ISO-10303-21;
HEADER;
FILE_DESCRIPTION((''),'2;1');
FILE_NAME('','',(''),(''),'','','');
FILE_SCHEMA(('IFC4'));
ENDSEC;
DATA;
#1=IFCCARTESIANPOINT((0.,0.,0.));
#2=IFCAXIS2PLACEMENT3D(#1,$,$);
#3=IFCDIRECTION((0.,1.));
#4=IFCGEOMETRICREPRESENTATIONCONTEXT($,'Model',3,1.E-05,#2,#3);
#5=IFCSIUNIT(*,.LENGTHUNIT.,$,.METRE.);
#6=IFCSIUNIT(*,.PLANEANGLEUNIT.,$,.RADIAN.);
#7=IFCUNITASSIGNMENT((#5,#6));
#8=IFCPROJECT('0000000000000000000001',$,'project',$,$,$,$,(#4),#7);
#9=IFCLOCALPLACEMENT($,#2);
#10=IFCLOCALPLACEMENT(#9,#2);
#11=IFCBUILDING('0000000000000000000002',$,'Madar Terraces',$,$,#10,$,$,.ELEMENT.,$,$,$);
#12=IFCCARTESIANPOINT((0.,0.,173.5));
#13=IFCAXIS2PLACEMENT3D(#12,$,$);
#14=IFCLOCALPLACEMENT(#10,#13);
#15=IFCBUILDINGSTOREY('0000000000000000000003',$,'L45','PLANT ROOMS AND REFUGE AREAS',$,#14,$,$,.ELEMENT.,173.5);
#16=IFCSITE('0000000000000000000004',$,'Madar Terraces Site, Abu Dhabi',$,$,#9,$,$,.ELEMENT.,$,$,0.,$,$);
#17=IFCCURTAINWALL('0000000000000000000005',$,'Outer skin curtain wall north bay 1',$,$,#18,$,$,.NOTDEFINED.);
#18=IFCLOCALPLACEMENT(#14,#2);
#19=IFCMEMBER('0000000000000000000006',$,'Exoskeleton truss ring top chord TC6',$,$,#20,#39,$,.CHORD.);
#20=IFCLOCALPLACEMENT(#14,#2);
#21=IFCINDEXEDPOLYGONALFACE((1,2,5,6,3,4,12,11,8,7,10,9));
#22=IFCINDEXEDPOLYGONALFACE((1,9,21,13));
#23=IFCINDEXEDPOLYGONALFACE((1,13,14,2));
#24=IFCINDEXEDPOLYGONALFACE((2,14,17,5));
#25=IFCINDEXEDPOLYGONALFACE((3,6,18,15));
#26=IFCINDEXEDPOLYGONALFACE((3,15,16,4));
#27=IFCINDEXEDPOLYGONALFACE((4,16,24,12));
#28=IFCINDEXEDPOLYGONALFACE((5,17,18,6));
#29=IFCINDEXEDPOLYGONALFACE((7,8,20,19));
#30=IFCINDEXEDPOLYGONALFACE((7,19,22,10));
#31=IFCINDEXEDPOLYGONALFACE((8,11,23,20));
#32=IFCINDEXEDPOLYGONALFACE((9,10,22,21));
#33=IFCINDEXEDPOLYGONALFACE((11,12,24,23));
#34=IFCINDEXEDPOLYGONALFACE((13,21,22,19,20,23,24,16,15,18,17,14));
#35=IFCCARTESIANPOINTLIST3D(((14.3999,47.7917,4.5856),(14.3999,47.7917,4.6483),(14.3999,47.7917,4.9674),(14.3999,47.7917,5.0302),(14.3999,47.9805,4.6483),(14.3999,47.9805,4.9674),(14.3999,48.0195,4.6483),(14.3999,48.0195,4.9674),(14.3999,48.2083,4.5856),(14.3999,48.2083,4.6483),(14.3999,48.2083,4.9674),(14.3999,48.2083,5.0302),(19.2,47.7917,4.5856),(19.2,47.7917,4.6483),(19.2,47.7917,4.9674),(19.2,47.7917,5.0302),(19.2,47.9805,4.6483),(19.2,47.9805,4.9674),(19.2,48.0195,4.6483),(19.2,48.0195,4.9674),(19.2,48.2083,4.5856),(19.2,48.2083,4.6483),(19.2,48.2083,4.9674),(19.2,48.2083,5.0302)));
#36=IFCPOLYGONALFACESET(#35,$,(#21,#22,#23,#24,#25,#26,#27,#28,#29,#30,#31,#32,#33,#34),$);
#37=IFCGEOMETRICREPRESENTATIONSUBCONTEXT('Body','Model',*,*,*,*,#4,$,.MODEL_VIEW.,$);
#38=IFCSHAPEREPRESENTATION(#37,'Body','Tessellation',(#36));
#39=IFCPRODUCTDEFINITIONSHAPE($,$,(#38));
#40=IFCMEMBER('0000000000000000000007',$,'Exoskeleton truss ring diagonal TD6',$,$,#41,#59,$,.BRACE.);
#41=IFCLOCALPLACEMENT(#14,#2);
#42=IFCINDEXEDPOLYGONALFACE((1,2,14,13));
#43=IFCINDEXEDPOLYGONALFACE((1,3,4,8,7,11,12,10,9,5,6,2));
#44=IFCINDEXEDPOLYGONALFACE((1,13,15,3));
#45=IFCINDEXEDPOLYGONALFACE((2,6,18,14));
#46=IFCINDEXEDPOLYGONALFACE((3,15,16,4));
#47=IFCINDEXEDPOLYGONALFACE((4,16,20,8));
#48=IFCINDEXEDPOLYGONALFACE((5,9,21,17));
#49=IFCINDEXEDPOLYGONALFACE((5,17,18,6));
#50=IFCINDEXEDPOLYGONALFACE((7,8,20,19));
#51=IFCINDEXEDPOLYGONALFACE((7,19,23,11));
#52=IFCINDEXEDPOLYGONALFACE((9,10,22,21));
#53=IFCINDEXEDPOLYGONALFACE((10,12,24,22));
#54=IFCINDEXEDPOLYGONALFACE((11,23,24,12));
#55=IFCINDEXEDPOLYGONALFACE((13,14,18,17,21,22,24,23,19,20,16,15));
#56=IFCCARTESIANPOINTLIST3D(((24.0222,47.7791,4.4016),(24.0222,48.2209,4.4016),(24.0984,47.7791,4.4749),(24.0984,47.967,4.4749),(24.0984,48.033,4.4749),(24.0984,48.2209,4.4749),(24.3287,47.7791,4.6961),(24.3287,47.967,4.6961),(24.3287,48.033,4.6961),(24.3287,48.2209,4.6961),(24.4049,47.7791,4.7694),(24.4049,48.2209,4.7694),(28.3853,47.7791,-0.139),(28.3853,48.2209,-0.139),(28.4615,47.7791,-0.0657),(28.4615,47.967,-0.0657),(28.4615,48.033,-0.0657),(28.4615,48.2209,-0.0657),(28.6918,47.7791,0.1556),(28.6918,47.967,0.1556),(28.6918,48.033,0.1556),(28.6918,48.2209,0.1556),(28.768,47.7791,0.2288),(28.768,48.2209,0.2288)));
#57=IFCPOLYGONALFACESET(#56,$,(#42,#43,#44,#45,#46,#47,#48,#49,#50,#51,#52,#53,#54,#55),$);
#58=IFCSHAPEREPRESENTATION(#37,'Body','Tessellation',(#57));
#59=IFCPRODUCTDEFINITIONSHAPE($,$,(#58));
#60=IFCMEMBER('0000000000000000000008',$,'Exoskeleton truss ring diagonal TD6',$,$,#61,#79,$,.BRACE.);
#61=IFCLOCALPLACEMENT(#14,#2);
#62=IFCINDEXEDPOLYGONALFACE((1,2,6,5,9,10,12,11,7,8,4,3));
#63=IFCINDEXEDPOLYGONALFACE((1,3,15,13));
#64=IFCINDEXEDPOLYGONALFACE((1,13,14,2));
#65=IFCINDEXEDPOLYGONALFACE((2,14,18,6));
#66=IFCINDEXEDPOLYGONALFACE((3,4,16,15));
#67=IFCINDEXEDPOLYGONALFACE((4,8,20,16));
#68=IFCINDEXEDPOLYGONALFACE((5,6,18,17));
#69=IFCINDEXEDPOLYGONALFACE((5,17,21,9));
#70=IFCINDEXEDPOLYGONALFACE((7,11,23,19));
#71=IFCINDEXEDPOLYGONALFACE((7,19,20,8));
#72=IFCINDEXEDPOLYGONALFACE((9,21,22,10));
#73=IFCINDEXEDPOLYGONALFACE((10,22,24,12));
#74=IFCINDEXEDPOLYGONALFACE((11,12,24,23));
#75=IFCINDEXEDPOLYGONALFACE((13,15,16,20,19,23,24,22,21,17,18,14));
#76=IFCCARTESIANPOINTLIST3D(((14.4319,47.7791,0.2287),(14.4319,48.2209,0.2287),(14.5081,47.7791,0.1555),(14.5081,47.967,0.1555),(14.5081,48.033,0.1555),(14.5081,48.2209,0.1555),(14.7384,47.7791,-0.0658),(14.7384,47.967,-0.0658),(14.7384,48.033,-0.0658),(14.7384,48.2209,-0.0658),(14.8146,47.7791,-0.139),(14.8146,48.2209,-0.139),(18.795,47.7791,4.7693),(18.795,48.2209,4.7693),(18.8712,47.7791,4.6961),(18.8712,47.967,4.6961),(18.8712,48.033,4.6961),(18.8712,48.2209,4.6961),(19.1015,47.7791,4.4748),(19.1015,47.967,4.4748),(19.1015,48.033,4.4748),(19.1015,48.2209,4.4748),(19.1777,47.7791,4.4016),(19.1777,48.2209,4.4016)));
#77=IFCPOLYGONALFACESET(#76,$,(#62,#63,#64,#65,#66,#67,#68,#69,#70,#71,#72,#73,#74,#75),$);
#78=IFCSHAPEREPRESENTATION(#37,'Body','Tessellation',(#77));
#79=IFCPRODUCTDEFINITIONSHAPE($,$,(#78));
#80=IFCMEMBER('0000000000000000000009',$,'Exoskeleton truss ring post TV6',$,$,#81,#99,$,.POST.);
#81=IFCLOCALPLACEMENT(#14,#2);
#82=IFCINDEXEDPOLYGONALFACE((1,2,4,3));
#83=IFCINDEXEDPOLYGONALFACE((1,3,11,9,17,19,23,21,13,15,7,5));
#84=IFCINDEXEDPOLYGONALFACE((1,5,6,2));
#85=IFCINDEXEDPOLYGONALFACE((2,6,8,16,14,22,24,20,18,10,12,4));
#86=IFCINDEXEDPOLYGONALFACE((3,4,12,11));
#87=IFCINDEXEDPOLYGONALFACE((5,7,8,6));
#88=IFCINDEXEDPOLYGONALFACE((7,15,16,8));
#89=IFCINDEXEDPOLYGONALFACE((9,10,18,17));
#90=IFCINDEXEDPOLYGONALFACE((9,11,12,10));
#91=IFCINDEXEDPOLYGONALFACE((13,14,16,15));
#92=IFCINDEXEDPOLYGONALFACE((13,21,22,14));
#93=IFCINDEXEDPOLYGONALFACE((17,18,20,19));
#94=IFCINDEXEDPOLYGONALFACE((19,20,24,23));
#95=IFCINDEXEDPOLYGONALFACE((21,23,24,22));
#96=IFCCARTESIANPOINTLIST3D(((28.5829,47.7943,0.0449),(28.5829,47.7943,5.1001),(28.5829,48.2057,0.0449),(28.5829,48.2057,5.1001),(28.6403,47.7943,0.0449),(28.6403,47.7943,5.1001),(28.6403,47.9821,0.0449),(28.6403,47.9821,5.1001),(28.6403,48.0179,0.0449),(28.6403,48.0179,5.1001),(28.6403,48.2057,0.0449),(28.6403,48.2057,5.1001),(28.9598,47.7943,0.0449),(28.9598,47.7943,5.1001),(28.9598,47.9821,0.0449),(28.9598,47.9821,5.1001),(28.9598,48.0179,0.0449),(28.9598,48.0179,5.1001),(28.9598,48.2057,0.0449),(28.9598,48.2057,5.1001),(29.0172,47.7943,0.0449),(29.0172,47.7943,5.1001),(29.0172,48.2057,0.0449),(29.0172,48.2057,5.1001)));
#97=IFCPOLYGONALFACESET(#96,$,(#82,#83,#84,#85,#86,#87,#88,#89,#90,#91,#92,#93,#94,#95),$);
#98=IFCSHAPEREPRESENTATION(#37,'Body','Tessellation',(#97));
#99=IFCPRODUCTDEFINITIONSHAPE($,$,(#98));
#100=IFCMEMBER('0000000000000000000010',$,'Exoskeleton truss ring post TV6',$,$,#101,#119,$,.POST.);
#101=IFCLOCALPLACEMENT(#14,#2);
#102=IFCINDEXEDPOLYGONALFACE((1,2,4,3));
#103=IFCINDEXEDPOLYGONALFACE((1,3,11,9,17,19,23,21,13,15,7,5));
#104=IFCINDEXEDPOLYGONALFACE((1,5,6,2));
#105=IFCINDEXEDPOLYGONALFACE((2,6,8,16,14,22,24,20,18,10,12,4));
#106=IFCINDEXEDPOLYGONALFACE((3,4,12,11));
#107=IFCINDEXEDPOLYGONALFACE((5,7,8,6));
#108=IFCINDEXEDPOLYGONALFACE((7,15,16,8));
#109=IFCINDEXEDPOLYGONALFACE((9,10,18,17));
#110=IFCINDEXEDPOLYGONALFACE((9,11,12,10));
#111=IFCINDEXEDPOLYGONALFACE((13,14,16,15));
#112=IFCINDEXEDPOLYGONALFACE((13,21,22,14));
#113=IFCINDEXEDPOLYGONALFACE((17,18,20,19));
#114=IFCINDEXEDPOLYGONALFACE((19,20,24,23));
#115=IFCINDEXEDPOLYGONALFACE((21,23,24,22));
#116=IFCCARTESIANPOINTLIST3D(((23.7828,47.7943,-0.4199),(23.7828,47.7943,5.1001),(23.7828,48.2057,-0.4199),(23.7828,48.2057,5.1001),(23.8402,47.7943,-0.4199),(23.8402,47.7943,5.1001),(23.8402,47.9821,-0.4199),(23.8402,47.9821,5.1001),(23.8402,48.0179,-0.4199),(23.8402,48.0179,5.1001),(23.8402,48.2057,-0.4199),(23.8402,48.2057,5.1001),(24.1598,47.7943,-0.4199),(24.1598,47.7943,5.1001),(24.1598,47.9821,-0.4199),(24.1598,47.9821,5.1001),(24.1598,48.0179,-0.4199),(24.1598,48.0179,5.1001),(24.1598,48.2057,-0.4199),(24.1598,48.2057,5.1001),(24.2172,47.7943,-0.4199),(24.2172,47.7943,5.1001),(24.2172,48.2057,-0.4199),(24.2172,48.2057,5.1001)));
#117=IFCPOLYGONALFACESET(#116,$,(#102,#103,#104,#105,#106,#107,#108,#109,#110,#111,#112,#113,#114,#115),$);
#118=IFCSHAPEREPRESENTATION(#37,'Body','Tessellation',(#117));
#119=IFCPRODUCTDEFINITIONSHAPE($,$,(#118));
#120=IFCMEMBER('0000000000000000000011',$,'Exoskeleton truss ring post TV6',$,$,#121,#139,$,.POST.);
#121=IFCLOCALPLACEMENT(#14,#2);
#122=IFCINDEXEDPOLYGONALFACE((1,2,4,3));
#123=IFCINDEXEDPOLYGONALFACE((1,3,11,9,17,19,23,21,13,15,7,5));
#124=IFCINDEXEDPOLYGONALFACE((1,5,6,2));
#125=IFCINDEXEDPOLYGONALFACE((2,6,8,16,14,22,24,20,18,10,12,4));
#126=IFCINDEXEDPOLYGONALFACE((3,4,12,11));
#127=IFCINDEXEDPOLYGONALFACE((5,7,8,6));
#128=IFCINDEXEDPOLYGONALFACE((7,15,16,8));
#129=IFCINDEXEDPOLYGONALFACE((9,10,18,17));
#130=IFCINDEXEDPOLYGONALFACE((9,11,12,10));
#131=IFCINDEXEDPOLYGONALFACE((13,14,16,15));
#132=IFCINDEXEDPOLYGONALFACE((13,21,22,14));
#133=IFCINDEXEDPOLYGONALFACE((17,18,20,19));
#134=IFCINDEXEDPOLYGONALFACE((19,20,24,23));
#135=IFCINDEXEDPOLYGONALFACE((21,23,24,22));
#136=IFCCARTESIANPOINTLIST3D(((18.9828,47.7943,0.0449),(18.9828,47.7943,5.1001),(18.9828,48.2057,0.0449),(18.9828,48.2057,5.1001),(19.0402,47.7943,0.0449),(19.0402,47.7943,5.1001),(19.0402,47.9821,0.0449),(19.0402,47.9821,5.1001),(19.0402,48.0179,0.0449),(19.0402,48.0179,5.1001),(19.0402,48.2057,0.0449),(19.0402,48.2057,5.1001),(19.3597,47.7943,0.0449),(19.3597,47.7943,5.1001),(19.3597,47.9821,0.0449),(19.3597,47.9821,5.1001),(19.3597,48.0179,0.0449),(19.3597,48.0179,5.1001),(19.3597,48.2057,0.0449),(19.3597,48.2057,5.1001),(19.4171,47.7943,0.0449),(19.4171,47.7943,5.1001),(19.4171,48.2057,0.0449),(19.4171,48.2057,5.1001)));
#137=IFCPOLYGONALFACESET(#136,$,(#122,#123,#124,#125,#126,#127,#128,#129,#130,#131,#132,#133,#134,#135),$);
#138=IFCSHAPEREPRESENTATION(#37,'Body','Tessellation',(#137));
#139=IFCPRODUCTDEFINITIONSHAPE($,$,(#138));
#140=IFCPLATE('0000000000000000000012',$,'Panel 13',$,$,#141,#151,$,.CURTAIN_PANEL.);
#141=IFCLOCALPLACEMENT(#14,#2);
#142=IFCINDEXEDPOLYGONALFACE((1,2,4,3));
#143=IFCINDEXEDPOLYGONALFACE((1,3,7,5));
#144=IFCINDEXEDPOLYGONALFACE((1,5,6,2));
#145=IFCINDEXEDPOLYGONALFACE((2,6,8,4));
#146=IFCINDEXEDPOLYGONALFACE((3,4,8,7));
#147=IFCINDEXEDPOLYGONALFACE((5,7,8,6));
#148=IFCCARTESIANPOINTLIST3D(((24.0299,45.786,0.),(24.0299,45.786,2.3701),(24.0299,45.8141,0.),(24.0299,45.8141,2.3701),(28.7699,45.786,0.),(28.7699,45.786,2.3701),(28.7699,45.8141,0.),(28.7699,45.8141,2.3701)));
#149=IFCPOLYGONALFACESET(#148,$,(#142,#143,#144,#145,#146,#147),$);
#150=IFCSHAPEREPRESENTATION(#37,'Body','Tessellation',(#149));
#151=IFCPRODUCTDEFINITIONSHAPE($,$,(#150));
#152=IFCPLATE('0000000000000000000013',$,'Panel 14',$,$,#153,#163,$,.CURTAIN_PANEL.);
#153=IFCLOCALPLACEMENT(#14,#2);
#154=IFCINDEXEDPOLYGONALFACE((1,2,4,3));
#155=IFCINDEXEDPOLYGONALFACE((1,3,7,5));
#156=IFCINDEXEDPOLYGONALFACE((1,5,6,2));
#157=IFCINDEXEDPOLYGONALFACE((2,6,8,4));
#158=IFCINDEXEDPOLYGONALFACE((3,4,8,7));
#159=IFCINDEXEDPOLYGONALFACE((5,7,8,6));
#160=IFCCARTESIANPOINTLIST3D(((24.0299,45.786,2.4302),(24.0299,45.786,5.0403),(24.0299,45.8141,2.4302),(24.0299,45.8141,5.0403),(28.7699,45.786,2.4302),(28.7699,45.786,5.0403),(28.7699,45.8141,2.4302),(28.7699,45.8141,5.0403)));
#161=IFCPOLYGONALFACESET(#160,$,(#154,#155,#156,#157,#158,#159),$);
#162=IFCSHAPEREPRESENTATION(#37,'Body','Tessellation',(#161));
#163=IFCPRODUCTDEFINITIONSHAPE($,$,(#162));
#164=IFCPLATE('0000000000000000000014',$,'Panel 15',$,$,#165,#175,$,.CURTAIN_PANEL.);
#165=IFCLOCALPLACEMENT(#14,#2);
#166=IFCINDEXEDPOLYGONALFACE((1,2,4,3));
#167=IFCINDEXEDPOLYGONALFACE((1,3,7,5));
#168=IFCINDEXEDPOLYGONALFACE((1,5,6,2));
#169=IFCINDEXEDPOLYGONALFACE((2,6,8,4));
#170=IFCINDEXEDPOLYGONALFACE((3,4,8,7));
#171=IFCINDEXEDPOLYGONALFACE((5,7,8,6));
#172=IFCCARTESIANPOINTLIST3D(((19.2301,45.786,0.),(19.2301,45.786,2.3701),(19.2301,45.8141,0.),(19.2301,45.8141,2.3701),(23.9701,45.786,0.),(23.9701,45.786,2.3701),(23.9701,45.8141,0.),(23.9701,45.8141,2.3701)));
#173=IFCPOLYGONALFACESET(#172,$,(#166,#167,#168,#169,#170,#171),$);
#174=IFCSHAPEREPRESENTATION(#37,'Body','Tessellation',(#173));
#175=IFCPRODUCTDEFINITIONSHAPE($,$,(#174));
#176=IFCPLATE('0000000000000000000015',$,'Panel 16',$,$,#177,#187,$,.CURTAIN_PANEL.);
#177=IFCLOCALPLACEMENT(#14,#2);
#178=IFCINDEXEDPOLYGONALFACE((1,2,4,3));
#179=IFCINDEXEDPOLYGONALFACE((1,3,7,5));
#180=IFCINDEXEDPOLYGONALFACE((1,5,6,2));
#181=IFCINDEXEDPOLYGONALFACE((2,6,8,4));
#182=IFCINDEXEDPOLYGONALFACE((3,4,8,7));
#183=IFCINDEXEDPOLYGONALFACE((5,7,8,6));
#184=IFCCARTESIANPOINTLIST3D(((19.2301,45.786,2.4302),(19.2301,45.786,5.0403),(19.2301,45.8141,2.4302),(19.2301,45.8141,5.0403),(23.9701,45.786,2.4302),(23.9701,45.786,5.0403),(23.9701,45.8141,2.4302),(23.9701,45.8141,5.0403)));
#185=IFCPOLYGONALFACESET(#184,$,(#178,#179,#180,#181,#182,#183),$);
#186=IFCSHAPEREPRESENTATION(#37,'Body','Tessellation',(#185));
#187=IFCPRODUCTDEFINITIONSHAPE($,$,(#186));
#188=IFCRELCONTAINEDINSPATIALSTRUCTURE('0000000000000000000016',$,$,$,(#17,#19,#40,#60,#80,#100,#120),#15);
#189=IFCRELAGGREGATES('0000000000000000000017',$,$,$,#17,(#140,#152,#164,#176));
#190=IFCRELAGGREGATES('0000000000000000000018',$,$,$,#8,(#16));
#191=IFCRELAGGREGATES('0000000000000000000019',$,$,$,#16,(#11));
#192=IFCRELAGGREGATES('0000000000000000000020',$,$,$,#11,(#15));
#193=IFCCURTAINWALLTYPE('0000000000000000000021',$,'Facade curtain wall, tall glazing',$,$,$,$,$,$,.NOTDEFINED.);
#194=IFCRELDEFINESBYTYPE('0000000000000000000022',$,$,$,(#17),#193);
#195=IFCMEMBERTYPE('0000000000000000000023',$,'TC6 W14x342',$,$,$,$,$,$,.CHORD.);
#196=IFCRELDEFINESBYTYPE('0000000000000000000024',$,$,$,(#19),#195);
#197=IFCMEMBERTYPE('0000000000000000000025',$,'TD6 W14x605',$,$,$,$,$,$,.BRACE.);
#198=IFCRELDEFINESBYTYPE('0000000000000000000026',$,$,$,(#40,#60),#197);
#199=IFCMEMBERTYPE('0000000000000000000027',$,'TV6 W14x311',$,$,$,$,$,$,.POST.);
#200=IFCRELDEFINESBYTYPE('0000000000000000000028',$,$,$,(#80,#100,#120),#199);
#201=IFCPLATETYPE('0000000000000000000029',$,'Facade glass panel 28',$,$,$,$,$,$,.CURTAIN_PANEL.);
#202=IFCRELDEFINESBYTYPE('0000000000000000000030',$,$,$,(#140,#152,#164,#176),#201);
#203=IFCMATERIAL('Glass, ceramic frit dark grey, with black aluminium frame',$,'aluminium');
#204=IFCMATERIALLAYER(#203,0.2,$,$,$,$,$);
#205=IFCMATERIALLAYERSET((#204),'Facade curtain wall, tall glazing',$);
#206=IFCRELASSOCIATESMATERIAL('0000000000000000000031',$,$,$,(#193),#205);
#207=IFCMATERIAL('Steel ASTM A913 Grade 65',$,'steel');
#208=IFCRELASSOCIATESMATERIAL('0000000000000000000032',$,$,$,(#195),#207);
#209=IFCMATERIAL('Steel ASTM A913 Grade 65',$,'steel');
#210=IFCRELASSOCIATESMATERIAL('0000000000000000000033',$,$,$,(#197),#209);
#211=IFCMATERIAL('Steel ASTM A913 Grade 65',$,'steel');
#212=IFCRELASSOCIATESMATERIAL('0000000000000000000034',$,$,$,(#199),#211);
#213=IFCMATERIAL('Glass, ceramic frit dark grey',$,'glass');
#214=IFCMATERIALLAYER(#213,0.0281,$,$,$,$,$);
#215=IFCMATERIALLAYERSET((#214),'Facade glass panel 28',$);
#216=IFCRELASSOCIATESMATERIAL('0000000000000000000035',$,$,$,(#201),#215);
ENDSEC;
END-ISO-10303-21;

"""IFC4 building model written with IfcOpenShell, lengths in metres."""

from ifc_helpers import new_model, si_unit, direction, frame, origin, origin_2d, place, context, subcontext, project, spatial, rectangle, i_section, extrude, material, layer, layer_set, material_profile, profile_set, type_object, element, aggregate, save


model = new_model("IFC4")

# Units and contexts
model_context = context("Model", 3, precision=1e-05, world=origin(), true_north=direction((0.0, 1.0)))
body_context = subcontext(model_context, "Body", "Model", "MODEL_VIEW")
ifc_project = project(units=[si_unit("LENGTHUNIT", "METRE"), si_unit("PLANEANGLEUNIT", "RADIAN")], contexts=[model_context])

# Site, building, storey
site_placement = place(None, origin())
site = spatial("IfcSite", under=ifc_project, at=site_placement, Name="Madar Terraces Site, Abu Dhabi", CompositionType="ELEMENT", RefElevation=0.0)
building_placement = place(site_placement, origin())
building = spatial("IfcBuilding", under=site, at=building_placement, Name="Madar Terraces", CompositionType="ELEMENT")
storey_placement = place(building_placement, frame((0.0, 0.0, 173.5)))
storey = spatial("IfcBuildingStorey", under=building, at=storey_placement, Name="L45", Description="PLANT ROOMS AND REFUGE AREAS", CompositionType="ELEMENT", Elevation=173.5)

# Curtain wall
ifc_material_1 = material(Name="Glass, ceramic frit dark grey, with black aluminium frame", Category="aluminium")
ifc_layer_1 = layer(ifc_material_1, 0.2)
ifc_layer_set_1 = layer_set([ifc_layer_1], Name="Facade curtain wall, tall glazing")
curtain_wall_type = type_object("IfcCurtainWallType", Name="Facade curtain wall, tall glazing", PredefinedType="NOTDEFINED", material=ifc_layer_set_1)
curtain_wall_placement = place(storey_placement, origin())
curtain_wall = element("IfcCurtainWall", 1, at=curtain_wall_placement, inside=storey, type_object=curtain_wall_type, Name="Outer skin curtain wall north bay 1", PredefinedType="NOTDEFINED")

# Members
ifc_material_2 = material(Name="Steel ASTM A913 Grade 65", Category="steel")
ifc_material_profile_1 = material_profile(ifc_material_2, i_section(OverallWidth=0.4165, OverallDepth=0.4446, WebThickness=0.0391, FlangeThickness=0.0627, at=origin_2d()), Name="W14x342")
ifc_profile_set_1 = profile_set([ifc_material_profile_1], Name="Steel ASTM A913 Grade 65")
member_type_1 = type_object("IfcMemberType", Name="TC6 W14x342", PredefinedType="CHORD", material=ifc_profile_set_1)
for number, where, z_axis, x_axis, name in (
    (2, (19.2, 48.0, 4.8079), (-1.0, 0.0, 0.0), (0.0, -1.0, 0.0), "Exoskeleton truss ring top chord TC6"),
):
    element("IfcMember", number, at=place(storey_placement, frame(where, z_axis=z_axis, x_axis=x_axis)), inside=storey, type_object=member_type_1, Name=name, PredefinedType="CHORD", context=body_context, shape_type="SweptSolid", body=[
        extrude(i_section(OverallWidth=0.4165, OverallDepth=0.4446, WebThickness=0.0391, FlangeThickness=0.0627, at=origin_2d()), origin(), (0.0, 0.0, 1.0), 4.8),
    ])
ifc_material_3 = material(Name="Steel ASTM A913 Grade 65", Category="steel")
ifc_material_profile_2 = material_profile(ifc_material_3, i_section(OverallWidth=0.4419, OverallDepth=0.5308, WebThickness=0.0659, FlangeThickness=0.1057, at=origin_2d()), Name="W14x605")
ifc_profile_set_2 = profile_set([ifc_material_profile_2], Name="Steel ASTM A913 Grade 65")
member_type_2 = type_object("IfcMemberType", Name="TD6 W14x605", PredefinedType="BRACE", material=ifc_profile_set_2)
for number, where, z_axis, x_axis, name in (
    (3, (28.5767, 48.0, 0.0449), (-0.692873, 0.0, 0.72106), (0.0, -1.0, 0.0), "Exoskeleton truss ring diagonal TD6"),
    (4, (18.9863, 48.0, 4.5854), (-0.692873, 0.0, -0.72106), (0.0, -1.0, 0.0), "Exoskeleton truss ring diagonal TD6"),
):
    element("IfcMember", number, at=place(storey_placement, frame(where, z_axis=z_axis, x_axis=x_axis)), inside=storey, type_object=member_type_2, Name=name, PredefinedType="BRACE", context=body_context, shape_type="SweptSolid", body=[
        extrude(i_section(OverallWidth=0.4419, OverallDepth=0.5308, WebThickness=0.0659, FlangeThickness=0.1057, at=origin_2d()), origin(), (0.0, 0.0, 1.0), 6.2971),
    ])
ifc_material_4 = material(Name="Steel ASTM A913 Grade 65", Category="steel")
ifc_material_profile_3 = material_profile(ifc_material_4, i_section(OverallWidth=0.4114, OverallDepth=0.4343, WebThickness=0.0359, FlangeThickness=0.0574, at=origin_2d()), Name="W14x311")
ifc_profile_set_3 = profile_set([ifc_material_profile_3], Name="Steel ASTM A913 Grade 65")
member_type_3 = type_object("IfcMemberType", Name="TV6 W14x311", PredefinedType="POST", material=ifc_profile_set_3)
member_1_placement = place(storey_placement, frame((28.8, 48.0, 0.0449), z_axis=(0.0, 0.0, 1.0), x_axis=(0.0, -1.0, 0.0)))
element("IfcMember", 5, at=member_1_placement, inside=storey, type_object=member_type_3, Name="Exoskeleton truss ring post TV6", PredefinedType="POST", context=body_context, shape_type="SweptSolid", body=[
    extrude(i_section(OverallWidth=0.4114, OverallDepth=0.4343, WebThickness=0.0359, FlangeThickness=0.0574, at=origin_2d()), origin(), (0.0, 0.0, 1.0), 5.0552),
])
member_2_placement = place(storey_placement, frame((24.0, 48.0, -0.4199), z_axis=(0.0, 0.0, 1.0), x_axis=(0.0, -1.0, 0.0)))
element("IfcMember", 6, at=member_2_placement, inside=storey, type_object=member_type_3, Name="Exoskeleton truss ring post TV6", PredefinedType="POST", context=body_context, shape_type="SweptSolid", body=[
    extrude(i_section(OverallWidth=0.4114, OverallDepth=0.4343, WebThickness=0.0359, FlangeThickness=0.0574, at=origin_2d()), origin(), (0.0, 0.0, 1.0), 5.52),
])
member_3_placement = place(storey_placement, frame((19.2, 48.0, 0.0449), z_axis=(0.0, 0.0, 1.0), x_axis=(0.0, -1.0, 0.0)))
element("IfcMember", 7, at=member_3_placement, inside=storey, type_object=member_type_3, Name="Exoskeleton truss ring post TV6", PredefinedType="POST", context=body_context, shape_type="SweptSolid", body=[
    extrude(i_section(OverallWidth=0.4114, OverallDepth=0.4343, WebThickness=0.0359, FlangeThickness=0.0574, at=origin_2d()), origin(), (0.0, 0.0, 1.0), 5.0552),
])

# Plates
ifc_material_5 = material(Name="Glass, ceramic frit dark grey", Category="glass")
ifc_layer_2 = layer(ifc_material_5, 0.0281)
ifc_layer_set_2 = layer_set([ifc_layer_2], Name="Facade glass panel 28")
plate_type = type_object("IfcPlateType", Name="Facade glass panel 28", PredefinedType="CURTAIN_PANEL", material=ifc_layer_set_2)
plate_1_placement = place(storey_placement, frame((26.3999, 45.8, 0.0), z_axis=(0.0, 0.0, 1.0), x_axis=(-1.0, 0.0, 0.0)))
plate_1 = element("IfcPlate", 8, at=plate_1_placement, type_object=plate_type, Name="Panel 13", PredefinedType="CURTAIN_PANEL", context=body_context, shape_type="SweptSolid", body=[
    extrude(rectangle(XDim=4.74, YDim=0.0281, at=origin_2d()), origin(), (0.0, 0.0, 1.0), 2.3701),
])
plate_2_placement = place(storey_placement, frame((26.3999, 45.8, 2.4302), z_axis=(0.0, 0.0, 1.0), x_axis=(-1.0, 0.0, 0.0)))
plate_2 = element("IfcPlate", 9, at=plate_2_placement, type_object=plate_type, Name="Panel 14", PredefinedType="CURTAIN_PANEL", context=body_context, shape_type="SweptSolid", body=[
    extrude(rectangle(XDim=4.74, YDim=0.0281, at=origin_2d()), origin(), (0.0, 0.0, 1.0), 2.6101),
])
plate_3_placement = place(storey_placement, frame((21.6001, 45.8, 0.0), z_axis=(0.0, 0.0, 1.0), x_axis=(-1.0, 0.0, 0.0)))
plate_3 = element("IfcPlate", 10, at=plate_3_placement, type_object=plate_type, Name="Panel 15", PredefinedType="CURTAIN_PANEL", context=body_context, shape_type="SweptSolid", body=[
    extrude(rectangle(XDim=4.74, YDim=0.0281, at=origin_2d()), origin(), (0.0, 0.0, 1.0), 2.3701),
])
plate_4_placement = place(storey_placement, frame((21.6001, 45.8, 2.4302), z_axis=(0.0, 0.0, 1.0), x_axis=(-1.0, 0.0, 0.0)))
plate_4 = element("IfcPlate", 11, at=plate_4_placement, type_object=plate_type, Name="Panel 16", PredefinedType="CURTAIN_PANEL", context=body_context, shape_type="SweptSolid", body=[
    extrude(rectangle(XDim=4.74, YDim=0.0281, at=origin_2d()), origin(), (0.0, 0.0, 1.0), 2.6101),
])
aggregate(curtain_wall, [plate_1, plate_2, plate_3, plate_4])

save(model, "model.ifc")
